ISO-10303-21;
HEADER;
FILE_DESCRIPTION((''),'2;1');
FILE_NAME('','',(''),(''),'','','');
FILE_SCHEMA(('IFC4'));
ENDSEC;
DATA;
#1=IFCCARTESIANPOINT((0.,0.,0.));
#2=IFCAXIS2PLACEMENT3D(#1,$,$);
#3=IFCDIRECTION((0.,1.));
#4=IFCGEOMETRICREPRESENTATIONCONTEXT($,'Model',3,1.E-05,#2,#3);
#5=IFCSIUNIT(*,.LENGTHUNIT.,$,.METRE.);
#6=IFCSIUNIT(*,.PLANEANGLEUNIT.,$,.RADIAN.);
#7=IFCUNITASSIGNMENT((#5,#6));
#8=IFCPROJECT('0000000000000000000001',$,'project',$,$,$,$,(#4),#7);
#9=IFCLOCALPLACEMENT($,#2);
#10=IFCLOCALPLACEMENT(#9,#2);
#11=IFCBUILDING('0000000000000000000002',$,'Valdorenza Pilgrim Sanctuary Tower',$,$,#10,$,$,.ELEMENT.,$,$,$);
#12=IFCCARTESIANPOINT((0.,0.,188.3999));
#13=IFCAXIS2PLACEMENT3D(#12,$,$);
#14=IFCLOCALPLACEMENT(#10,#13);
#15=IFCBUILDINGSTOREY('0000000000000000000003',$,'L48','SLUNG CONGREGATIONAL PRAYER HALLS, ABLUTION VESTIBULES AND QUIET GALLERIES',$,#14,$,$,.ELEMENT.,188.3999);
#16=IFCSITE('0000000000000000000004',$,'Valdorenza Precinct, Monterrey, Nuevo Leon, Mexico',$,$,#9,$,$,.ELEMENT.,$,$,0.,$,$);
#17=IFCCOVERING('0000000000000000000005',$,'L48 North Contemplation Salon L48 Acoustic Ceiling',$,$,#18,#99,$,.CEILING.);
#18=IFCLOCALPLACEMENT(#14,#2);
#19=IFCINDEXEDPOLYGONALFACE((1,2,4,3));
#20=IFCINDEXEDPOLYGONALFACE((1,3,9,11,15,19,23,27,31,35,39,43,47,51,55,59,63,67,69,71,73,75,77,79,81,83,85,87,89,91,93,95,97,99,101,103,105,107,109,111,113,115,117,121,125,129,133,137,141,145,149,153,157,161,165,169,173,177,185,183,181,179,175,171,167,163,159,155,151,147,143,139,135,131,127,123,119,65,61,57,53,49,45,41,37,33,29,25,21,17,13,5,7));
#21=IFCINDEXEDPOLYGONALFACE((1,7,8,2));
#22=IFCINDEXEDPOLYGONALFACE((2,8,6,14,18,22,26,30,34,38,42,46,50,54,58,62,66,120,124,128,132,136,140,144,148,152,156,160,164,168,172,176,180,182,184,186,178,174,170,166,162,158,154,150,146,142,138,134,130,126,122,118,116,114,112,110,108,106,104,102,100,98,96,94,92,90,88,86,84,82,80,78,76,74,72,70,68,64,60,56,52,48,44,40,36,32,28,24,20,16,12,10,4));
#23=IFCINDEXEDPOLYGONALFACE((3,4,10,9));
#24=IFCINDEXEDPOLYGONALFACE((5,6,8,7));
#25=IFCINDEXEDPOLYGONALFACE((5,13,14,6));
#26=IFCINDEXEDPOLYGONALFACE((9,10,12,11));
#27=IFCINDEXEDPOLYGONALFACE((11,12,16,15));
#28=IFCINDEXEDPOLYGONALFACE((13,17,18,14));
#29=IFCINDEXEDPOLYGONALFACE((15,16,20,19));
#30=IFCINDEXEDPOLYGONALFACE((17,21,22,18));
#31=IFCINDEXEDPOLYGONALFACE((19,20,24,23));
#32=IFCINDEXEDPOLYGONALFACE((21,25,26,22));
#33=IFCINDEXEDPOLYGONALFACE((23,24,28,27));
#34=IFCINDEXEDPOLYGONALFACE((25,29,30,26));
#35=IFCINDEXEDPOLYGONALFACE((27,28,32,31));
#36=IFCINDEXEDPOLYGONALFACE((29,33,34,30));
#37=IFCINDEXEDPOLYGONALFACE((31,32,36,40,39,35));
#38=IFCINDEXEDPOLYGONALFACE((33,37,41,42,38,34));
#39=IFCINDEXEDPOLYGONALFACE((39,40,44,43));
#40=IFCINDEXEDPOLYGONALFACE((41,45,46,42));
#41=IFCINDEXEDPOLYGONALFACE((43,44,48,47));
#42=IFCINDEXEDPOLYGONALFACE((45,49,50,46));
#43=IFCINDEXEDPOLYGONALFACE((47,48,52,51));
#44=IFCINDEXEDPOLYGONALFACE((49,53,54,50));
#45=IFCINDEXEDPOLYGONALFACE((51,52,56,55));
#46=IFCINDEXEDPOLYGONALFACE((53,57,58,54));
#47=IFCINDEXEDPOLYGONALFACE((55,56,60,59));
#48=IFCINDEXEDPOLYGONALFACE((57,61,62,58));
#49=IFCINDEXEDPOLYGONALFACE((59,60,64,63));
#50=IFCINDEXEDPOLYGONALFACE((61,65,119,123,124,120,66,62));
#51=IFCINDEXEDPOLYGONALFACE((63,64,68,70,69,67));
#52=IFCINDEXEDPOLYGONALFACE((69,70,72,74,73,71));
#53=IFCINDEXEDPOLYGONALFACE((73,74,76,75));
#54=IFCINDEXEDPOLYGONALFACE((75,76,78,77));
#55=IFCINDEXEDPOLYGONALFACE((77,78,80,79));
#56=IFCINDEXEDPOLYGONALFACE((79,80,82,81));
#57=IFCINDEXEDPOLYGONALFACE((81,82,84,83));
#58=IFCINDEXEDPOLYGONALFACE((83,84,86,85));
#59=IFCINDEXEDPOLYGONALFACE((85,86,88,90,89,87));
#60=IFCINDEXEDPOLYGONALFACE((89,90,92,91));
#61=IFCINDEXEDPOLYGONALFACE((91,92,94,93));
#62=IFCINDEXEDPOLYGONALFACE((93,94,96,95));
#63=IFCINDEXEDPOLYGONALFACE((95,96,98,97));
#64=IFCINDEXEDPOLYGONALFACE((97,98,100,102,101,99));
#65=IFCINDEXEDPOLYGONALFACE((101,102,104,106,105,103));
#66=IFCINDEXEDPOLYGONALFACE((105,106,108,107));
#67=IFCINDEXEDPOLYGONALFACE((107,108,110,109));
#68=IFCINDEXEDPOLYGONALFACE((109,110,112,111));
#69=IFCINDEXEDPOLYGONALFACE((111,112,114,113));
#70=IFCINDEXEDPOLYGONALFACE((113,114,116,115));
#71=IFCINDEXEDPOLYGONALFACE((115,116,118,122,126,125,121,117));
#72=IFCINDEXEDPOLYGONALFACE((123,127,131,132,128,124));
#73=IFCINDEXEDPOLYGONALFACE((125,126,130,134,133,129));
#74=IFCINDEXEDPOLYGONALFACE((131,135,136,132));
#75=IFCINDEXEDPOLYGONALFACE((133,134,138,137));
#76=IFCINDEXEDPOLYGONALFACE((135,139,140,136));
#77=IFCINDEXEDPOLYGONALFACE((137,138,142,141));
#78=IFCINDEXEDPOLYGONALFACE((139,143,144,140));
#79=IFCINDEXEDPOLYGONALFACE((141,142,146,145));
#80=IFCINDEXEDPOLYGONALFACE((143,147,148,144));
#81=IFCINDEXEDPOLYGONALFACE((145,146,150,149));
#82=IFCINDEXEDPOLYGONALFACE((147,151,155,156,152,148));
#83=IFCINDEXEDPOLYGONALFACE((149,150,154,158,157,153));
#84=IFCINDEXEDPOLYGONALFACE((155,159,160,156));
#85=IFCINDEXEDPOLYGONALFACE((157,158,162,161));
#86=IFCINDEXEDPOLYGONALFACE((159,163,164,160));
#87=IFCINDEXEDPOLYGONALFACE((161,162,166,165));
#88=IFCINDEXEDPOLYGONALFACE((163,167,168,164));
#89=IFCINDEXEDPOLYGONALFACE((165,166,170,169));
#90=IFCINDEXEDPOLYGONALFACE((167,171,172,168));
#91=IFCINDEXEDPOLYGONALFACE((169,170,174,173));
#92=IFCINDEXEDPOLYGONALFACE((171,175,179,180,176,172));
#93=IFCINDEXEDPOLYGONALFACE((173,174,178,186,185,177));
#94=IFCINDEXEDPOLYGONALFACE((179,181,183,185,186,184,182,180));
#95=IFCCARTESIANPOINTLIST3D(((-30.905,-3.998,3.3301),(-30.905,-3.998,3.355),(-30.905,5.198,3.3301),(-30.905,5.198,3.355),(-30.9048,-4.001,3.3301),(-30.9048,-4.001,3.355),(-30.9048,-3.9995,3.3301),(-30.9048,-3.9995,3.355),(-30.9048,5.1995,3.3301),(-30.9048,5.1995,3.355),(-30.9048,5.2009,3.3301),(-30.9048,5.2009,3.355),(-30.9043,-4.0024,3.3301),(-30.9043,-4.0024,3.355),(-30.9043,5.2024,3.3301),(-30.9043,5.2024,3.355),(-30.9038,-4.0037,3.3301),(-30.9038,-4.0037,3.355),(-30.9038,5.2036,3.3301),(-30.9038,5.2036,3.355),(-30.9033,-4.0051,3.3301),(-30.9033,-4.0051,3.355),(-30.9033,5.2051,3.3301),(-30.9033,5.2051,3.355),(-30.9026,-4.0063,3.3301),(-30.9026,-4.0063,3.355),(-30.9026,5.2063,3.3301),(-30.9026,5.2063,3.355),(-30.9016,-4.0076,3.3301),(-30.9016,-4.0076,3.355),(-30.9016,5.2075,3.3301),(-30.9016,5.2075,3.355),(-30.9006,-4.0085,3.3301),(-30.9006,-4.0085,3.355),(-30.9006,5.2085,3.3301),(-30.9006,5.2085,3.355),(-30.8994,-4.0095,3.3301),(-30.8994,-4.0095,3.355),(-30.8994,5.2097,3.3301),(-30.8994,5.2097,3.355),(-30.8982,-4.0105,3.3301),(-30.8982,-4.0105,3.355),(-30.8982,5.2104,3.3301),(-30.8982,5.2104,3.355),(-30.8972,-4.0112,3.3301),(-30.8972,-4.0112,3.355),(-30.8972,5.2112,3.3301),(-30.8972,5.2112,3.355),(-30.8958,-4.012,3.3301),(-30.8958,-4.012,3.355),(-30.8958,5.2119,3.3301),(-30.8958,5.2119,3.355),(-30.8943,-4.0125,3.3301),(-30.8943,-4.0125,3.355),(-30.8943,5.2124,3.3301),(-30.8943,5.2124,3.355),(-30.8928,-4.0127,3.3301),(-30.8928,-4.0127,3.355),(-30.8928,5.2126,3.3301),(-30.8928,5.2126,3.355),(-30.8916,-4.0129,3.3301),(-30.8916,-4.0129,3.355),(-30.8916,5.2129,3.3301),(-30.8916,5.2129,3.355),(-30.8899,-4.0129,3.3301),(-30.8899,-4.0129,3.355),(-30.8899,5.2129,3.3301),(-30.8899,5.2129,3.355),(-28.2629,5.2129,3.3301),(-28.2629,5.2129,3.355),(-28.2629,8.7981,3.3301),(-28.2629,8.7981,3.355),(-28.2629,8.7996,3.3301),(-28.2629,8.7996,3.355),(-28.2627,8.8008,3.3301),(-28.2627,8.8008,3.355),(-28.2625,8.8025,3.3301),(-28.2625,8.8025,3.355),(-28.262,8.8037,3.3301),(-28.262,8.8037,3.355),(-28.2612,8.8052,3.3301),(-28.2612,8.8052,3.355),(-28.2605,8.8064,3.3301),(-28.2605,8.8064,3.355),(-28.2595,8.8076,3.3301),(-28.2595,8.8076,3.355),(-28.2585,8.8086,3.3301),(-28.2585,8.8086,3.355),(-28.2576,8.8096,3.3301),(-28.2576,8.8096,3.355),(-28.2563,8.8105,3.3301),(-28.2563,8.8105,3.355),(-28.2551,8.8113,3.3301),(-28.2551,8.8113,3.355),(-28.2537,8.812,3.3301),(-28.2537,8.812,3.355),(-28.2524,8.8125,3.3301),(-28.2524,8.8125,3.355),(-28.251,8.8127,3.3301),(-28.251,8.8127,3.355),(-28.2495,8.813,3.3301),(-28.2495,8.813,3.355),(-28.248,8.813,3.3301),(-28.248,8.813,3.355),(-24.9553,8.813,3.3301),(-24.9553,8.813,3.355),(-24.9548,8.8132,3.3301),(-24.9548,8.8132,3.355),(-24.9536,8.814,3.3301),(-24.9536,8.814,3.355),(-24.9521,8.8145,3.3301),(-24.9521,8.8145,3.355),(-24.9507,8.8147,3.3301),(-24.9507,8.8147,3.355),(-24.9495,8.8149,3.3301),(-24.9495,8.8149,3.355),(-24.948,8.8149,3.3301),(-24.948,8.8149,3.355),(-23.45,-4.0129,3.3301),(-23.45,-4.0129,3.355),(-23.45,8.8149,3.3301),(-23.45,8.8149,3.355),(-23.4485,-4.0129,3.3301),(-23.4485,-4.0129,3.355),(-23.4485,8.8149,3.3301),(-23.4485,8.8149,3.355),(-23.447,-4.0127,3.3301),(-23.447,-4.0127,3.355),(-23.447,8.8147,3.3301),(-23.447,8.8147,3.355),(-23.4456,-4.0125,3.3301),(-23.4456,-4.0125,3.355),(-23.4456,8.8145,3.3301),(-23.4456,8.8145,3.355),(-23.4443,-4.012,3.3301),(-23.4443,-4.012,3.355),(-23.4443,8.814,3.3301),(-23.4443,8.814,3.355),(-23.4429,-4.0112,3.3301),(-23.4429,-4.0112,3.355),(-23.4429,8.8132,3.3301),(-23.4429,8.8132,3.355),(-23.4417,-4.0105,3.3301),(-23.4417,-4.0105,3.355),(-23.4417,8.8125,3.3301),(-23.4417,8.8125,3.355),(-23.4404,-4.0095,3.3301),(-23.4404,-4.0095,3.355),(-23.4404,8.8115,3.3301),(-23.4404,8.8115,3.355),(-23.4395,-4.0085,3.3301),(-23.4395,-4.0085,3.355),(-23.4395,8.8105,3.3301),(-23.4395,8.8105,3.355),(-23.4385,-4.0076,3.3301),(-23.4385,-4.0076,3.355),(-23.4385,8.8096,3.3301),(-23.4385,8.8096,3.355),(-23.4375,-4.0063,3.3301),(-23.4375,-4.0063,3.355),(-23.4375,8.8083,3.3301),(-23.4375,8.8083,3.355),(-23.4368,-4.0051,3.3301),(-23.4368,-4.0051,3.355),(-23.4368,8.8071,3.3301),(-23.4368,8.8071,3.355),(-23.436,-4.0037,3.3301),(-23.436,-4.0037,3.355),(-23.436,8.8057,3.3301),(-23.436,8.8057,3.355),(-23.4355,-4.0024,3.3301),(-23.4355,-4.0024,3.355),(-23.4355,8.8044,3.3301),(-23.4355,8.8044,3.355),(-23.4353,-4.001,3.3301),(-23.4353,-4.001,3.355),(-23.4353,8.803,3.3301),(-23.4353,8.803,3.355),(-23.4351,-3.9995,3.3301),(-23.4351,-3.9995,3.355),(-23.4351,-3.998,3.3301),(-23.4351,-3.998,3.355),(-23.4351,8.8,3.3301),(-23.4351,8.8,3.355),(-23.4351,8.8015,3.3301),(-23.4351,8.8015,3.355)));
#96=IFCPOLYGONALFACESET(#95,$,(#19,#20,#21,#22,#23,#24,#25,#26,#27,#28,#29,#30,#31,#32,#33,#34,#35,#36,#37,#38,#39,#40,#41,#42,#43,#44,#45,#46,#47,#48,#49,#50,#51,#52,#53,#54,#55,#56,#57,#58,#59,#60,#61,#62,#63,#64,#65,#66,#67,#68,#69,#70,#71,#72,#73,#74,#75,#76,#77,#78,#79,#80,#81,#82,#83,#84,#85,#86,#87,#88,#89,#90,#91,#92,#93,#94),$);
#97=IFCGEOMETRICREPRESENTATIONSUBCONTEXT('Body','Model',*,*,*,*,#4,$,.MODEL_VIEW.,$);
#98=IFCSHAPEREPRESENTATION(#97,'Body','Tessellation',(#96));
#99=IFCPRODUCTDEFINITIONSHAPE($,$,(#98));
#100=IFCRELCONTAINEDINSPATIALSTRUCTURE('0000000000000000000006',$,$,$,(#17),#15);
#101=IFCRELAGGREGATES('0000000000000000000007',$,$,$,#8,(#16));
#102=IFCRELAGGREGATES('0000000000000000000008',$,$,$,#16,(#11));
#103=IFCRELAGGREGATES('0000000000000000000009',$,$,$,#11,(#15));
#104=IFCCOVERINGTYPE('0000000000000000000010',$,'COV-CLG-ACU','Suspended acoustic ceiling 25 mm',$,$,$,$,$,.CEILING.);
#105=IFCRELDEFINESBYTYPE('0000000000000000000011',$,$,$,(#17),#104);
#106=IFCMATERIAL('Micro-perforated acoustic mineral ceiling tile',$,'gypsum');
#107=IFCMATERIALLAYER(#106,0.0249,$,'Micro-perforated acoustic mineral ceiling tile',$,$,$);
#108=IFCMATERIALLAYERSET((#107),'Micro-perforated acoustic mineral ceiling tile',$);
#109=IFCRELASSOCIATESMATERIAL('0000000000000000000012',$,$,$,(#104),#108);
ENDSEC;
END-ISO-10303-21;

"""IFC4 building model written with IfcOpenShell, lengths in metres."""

from ifc_helpers import new_model, si_unit, direction, frame, origin, place, context, subcontext, project, spatial, polyline, outline, extrude, material, layer, layer_set, type_object, element, save


model = new_model("IFC4")

# Units and contexts
model_context = context("Model", 3, precision=1e-05, world=origin(), true_north=direction((0.0, 1.0)))
body_context = subcontext(model_context, "Body", "Model", "MODEL_VIEW")
ifc_project = project(units=[si_unit("LENGTHUNIT", "METRE"), si_unit("PLANEANGLEUNIT", "RADIAN")], contexts=[model_context])

# Site, building, storey
site_placement = place(None, origin())
site = spatial("IfcSite", under=ifc_project, at=site_placement, Name="Valdorenza Precinct, Monterrey, Nuevo Leon, Mexico", CompositionType="ELEMENT", RefElevation=0.0)
building_placement = place(site_placement, origin())
building = spatial("IfcBuilding", under=site, at=building_placement, Name="Valdorenza Pilgrim Sanctuary Tower", CompositionType="ELEMENT")
storey_placement = place(building_placement, frame((0.0, 0.0, 188.3999)))
storey = spatial("IfcBuildingStorey", under=building, at=storey_placement, Name="L48", Description="SLUNG CONGREGATIONAL PRAYER HALLS, ABLUTION VESTIBULES AND QUIET GALLERIES", CompositionType="ELEMENT", Elevation=188.3999)

# Covering
ifc_material_1 = material(Name="Micro-perforated acoustic mineral ceiling tile", Category="gypsum")
ifc_layer_1 = layer(ifc_material_1, 0.0249, Name="Micro-perforated acoustic mineral ceiling tile")
ifc_layer_set_1 = layer_set([ifc_layer_1], Name="Micro-perforated acoustic mineral ceiling tile")
covering_type_1 = type_object("IfcCoveringType", Name="COV-CLG-ACU", Description="Suspended acoustic ceiling 25 mm", PredefinedType="CEILING", material=ifc_layer_set_1)
covering_1_placement = place(storey_placement, frame((0.0, 0.0, 3.3301)))
element("IfcCovering", 1, at=covering_1_placement, inside=storey, type_object=covering_type_1, Name="L48 North Contemplation Salon L48 Acoustic Ceiling", PredefinedType="CEILING", context=body_context, shape_type="SweptSolid", body=[
    extrude(outline(polyline([(-28.2629, 5.2129), (-28.2629, 8.7981), (-28.2629, 8.7996), (-28.2627, 8.8008), (-28.2625, 8.8025), (-28.262, 8.8037), (-28.2612, 8.8052), (-28.2605, 8.8064), (-28.2595, 8.8076), (-28.2585, 8.8086), (-28.2576, 8.8096), (-28.2563, 8.8105), (-28.2551, 8.8113), (-28.2537, 8.812), (-28.2524, 8.8125), (-28.251, 8.8127), (-28.2495, 8.813), (-28.248, 8.813), (-24.9553, 8.813), (-24.9548, 8.8132), (-24.9536, 8.814), (-24.9521, 8.8145), (-24.9507, 8.8147), (-24.9495, 8.8149), (-24.948, 8.8149), (-23.45, 8.8149), (-23.4485, 8.8149), (-23.447, 8.8147), (-23.4456, 8.8145), (-23.4443, 8.814), (-23.4429, 8.8132), (-23.4417, 8.8125), (-23.4404, 8.8115), (-23.4395, 8.8105), (-23.4385, 8.8096), (-23.4375, 8.8083), (-23.4368, 8.8071), (-23.436, 8.8057), (-23.4355, 8.8044), (-23.4353, 8.803), (-23.4351, 8.8015), (-23.4351, 8.8), (-23.4351, -3.998), (-23.4351, -3.9995), (-23.4353, -4.001), (-23.4355, -4.0024), (-23.436, -4.0037), (-23.4368, -4.0051), (-23.4375, -4.0063), (-23.4385, -4.0076), (-23.4395, -4.0085), (-23.4404, -4.0095), (-23.4417, -4.0105), (-23.4429, -4.0112), (-23.4443, -4.012), (-23.4456, -4.0125), (-23.447, -4.0127), (-23.4485, -4.0129), (-23.45, -4.0129), (-30.8899, -4.0129), (-30.8916, -4.0129), (-30.8928, -4.0127), (-30.8943, -4.0125), (-30.8958, -4.012), (-30.8972, -4.0112), (-30.8982, -4.0105), (-30.8994, -4.0095), (-30.9006, -4.0085), (-30.9016, -4.0076), (-30.9026, -4.0063), (-30.9033, -4.0051), (-30.9038, -4.0037), (-30.9043, -4.0024), (-30.9048, -4.001), (-30.9048, -3.9995), (-30.905, -3.998), (-30.905, 5.198), (-30.9048, 5.1995), (-30.9048, 5.2009), (-30.9043, 5.2024), (-30.9038, 5.2036), (-30.9033, 5.2051), (-30.9026, 5.2063), (-30.9016, 5.2075), (-30.9006, 5.2085), (-30.8994, 5.2097), (-30.8982, 5.2104), (-30.8972, 5.2112), (-30.8958, 5.2119), (-30.8943, 5.2124), (-30.8928, 5.2126), (-30.8916, 5.2129), (-30.8899, 5.2129), (-28.2629, 5.2129)])), origin(), (0.0, 0.0, 1.0), 0.0249),
])

save(model, "model.ifc")
